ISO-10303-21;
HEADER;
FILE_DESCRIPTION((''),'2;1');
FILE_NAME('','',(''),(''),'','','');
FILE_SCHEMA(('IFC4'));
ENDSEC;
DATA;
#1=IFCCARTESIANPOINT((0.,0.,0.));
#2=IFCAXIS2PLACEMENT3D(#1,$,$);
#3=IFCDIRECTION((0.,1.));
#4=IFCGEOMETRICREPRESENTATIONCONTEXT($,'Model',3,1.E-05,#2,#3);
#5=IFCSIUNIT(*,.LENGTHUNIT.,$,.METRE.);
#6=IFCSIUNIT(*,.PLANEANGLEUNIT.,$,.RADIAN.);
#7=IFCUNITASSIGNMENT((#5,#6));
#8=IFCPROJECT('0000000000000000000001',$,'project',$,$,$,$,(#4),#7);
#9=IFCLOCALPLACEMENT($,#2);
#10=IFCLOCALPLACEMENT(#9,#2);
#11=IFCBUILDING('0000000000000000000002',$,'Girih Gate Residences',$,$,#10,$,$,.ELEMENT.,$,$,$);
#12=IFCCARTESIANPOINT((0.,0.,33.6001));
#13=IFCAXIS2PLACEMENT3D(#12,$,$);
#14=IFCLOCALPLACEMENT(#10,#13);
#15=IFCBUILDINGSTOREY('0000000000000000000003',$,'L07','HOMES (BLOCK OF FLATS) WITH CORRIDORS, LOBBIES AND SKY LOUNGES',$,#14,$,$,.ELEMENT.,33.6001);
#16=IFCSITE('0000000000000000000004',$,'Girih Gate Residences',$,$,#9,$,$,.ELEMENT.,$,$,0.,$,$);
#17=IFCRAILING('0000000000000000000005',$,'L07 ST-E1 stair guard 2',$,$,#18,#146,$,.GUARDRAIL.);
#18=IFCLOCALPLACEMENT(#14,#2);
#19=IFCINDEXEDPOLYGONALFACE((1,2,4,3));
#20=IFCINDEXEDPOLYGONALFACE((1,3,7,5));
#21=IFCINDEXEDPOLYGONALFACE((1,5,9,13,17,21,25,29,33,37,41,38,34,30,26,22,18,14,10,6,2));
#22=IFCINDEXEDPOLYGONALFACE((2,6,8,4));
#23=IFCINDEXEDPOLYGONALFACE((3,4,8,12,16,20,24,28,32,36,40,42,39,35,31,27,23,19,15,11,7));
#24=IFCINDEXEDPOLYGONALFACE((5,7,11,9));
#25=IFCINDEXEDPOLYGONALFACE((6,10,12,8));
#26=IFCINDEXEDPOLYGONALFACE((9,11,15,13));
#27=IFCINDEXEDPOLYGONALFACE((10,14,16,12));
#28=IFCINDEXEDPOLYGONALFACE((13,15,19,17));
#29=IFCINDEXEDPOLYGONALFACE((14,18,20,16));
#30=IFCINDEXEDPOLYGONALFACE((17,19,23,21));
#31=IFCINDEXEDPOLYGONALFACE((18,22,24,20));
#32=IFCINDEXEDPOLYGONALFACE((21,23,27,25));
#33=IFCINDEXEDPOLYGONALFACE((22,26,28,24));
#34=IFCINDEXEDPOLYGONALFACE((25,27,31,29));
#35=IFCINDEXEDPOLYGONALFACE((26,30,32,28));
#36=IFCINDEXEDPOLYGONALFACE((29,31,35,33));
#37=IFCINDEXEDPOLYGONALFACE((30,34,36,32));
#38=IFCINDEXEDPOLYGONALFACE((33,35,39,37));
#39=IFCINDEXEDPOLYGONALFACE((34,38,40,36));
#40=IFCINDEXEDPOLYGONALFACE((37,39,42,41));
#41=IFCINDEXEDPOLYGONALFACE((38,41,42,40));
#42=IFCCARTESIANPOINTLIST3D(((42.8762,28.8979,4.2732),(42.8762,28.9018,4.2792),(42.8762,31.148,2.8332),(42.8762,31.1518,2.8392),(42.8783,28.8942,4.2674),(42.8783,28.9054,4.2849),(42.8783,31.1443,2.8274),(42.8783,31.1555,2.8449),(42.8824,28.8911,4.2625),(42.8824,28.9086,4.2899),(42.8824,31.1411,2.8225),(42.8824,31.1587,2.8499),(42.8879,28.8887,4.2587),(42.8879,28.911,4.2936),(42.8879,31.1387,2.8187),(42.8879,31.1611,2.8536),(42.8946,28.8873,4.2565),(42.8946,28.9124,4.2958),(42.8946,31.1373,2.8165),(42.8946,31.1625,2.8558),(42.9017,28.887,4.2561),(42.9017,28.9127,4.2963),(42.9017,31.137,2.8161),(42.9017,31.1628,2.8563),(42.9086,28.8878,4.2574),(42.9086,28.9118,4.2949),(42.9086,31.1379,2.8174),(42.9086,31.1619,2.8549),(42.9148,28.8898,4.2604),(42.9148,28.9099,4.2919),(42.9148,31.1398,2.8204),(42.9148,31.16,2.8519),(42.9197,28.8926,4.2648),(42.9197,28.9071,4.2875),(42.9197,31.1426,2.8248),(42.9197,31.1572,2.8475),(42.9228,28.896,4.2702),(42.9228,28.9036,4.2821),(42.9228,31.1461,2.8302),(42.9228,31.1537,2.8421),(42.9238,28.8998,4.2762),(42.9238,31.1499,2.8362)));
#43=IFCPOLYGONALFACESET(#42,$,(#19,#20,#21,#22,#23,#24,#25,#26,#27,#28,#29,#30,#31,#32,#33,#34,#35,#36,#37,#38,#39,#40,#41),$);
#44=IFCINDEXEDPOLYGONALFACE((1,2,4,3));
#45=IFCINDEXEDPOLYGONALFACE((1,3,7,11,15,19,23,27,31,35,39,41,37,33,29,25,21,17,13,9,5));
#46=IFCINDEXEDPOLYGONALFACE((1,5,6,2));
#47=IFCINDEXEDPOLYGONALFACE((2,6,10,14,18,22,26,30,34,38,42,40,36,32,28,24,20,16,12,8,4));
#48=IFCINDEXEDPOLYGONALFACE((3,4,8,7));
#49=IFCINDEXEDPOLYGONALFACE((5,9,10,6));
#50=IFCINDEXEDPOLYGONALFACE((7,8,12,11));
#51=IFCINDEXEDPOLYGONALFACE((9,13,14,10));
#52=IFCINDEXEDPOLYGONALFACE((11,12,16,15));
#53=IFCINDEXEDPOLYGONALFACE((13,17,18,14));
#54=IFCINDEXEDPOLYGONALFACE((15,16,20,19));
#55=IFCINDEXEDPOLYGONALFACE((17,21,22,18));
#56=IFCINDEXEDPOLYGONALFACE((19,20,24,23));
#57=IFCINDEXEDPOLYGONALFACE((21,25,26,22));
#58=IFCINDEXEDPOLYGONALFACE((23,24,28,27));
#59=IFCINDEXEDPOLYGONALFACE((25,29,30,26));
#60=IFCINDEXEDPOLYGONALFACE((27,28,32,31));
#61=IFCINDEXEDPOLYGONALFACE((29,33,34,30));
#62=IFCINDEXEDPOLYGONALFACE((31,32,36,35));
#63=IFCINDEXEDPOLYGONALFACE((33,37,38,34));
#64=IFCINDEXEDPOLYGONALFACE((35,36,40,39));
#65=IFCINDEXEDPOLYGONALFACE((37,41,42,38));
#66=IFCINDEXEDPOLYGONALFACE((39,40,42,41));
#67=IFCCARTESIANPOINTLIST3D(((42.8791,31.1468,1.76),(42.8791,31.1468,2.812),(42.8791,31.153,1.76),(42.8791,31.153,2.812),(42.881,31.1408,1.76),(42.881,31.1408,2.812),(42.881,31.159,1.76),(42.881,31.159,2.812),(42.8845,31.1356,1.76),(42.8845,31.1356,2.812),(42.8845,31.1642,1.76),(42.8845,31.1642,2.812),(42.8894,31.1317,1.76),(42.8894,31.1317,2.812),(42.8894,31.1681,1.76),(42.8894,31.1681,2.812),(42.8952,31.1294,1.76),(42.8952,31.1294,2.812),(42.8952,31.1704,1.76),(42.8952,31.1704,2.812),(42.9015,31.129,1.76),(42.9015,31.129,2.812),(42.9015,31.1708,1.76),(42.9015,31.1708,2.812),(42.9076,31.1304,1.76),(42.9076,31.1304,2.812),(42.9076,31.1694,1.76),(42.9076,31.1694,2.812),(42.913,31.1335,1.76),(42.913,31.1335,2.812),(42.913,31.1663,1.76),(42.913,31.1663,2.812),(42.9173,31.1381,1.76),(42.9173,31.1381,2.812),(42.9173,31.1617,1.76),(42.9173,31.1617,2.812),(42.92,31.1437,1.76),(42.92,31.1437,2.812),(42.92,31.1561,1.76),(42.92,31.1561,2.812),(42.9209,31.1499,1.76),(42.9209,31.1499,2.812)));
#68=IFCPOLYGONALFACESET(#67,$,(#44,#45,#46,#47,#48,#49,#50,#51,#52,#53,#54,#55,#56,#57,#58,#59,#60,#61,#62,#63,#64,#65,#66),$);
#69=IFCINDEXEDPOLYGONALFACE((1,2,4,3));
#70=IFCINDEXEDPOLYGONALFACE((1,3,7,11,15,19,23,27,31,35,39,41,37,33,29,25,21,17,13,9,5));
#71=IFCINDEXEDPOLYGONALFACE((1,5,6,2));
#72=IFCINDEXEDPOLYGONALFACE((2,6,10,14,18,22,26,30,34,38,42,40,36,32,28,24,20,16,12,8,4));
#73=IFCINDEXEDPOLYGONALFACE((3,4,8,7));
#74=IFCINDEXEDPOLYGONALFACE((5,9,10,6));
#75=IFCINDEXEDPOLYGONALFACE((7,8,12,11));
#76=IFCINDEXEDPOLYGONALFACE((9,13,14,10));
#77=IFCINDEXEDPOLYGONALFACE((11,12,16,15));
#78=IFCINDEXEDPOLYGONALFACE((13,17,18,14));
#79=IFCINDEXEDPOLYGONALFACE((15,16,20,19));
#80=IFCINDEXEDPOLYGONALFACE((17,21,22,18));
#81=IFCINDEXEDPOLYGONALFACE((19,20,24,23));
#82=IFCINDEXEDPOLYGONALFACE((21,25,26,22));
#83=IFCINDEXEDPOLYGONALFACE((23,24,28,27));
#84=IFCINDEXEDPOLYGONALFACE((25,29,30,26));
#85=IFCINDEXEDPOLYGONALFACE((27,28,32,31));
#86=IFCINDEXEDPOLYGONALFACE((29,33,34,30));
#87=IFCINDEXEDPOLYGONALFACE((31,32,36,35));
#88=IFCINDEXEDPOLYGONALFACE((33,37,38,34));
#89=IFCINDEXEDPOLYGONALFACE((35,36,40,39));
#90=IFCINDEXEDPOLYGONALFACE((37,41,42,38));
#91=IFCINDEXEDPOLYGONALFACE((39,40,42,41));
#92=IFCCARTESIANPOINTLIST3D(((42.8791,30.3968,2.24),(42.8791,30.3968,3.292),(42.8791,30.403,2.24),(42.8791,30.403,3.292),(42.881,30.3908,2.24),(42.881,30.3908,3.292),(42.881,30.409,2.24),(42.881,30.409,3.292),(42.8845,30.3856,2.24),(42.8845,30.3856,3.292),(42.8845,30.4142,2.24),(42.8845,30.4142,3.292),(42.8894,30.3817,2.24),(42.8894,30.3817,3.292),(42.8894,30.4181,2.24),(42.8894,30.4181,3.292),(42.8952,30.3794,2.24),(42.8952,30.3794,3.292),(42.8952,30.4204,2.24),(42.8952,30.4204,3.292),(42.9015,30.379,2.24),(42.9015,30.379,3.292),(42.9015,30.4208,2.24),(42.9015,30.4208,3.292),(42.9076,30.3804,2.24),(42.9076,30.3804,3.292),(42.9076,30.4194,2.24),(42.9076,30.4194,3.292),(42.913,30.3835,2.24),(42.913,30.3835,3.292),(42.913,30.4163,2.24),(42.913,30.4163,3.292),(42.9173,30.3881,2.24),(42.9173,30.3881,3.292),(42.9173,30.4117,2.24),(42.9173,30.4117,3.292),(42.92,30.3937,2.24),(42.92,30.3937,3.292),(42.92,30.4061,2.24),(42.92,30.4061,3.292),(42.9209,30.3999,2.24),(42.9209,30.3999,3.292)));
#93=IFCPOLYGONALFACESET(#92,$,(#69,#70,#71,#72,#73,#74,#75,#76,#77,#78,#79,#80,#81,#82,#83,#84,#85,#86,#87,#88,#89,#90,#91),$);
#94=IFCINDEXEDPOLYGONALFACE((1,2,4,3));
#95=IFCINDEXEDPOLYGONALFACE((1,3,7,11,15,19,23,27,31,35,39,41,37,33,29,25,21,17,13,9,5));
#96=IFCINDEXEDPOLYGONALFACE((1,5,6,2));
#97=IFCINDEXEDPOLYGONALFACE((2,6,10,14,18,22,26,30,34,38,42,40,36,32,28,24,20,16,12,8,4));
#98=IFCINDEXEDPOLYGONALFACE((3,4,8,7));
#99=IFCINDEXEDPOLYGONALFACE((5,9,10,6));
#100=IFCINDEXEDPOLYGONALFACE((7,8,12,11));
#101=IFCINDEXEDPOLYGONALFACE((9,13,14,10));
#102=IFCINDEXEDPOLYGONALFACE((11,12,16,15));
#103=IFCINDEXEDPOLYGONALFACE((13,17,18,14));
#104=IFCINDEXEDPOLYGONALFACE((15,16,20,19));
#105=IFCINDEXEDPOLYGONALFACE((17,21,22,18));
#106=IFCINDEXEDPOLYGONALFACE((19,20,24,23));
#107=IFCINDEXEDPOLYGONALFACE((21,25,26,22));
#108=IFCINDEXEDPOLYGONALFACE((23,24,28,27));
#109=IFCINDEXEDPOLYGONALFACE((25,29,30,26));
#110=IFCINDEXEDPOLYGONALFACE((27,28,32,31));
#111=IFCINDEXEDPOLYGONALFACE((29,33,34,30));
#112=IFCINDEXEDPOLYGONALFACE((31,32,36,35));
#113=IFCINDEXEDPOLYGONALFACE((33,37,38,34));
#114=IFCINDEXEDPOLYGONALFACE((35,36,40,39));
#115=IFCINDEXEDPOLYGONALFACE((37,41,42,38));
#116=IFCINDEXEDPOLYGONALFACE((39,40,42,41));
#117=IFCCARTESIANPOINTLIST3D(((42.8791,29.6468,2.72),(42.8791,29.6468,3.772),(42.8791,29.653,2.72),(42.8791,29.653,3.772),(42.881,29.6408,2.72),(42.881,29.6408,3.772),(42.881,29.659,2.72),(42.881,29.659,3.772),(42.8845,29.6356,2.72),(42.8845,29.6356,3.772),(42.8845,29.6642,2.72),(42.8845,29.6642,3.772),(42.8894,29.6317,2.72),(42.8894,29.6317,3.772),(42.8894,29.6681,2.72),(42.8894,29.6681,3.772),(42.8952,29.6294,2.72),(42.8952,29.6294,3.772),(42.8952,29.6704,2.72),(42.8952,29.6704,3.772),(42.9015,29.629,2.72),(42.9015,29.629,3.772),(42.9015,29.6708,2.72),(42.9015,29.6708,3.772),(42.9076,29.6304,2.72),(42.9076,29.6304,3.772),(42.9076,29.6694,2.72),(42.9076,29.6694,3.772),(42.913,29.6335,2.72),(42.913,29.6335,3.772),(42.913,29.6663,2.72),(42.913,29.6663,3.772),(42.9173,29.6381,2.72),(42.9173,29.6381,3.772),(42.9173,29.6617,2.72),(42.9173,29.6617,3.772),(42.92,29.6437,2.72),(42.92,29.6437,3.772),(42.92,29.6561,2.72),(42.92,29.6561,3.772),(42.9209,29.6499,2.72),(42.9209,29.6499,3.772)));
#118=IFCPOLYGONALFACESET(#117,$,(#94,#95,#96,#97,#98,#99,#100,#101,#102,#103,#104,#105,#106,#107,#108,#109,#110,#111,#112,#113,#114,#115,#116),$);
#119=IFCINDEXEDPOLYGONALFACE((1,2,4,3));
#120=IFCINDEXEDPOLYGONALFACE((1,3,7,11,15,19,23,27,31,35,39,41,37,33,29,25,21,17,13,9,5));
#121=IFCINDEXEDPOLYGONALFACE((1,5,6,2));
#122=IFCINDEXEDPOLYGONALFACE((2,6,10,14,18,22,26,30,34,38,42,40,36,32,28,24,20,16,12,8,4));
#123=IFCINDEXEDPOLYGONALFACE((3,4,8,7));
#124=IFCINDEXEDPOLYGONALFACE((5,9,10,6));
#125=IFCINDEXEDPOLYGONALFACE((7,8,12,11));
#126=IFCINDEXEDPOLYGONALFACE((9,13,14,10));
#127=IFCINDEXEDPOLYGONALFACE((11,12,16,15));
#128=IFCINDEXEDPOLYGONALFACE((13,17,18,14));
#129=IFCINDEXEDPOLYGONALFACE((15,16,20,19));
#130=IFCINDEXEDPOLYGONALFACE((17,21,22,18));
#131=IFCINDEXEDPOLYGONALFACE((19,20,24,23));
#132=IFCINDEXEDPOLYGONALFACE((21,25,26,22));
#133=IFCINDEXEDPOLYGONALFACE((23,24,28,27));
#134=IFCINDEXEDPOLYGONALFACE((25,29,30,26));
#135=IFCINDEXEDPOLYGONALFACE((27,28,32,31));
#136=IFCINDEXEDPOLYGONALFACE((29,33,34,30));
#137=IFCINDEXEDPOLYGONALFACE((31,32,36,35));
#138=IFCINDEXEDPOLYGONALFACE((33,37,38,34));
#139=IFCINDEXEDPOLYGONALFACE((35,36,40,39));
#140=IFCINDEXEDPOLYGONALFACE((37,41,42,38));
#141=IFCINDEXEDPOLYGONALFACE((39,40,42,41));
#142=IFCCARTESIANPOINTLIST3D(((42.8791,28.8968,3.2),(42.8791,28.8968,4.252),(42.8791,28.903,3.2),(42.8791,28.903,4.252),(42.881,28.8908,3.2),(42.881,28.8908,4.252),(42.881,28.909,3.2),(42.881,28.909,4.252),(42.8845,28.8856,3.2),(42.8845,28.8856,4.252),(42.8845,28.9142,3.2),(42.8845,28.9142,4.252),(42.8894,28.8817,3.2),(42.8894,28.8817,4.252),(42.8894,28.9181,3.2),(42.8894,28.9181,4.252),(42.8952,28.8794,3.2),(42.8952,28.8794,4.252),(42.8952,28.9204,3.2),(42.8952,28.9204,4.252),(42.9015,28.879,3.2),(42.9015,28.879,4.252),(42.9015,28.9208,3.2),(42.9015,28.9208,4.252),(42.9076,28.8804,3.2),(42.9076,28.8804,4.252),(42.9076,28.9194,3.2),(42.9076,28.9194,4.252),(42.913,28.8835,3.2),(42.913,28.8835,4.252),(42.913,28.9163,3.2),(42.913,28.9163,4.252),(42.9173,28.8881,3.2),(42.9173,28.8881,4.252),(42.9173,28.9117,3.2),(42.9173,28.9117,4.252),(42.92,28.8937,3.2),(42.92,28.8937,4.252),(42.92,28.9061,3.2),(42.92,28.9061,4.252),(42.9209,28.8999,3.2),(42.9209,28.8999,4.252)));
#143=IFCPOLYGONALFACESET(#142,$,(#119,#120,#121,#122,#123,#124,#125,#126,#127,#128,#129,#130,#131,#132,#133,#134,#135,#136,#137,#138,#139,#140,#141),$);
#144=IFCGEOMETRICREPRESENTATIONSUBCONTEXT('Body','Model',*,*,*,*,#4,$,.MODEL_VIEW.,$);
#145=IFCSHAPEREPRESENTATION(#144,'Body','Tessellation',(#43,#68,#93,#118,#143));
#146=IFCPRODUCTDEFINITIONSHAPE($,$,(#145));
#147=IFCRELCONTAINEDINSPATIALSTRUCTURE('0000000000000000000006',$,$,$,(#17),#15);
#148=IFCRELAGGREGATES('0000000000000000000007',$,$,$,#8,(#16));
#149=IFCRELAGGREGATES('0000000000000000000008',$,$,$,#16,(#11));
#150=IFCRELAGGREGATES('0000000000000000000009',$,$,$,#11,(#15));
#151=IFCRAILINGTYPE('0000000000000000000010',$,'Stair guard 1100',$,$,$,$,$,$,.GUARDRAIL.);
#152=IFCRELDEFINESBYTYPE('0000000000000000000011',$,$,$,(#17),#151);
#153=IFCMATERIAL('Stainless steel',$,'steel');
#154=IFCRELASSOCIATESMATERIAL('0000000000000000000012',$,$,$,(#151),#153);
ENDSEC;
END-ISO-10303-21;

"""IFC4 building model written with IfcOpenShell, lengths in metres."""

from ifc_helpers import new_model, si_unit, direction, frame, origin, origin_2d, place, context, subcontext, project, spatial, circle, extrude, material, type_object, element, save


model = new_model("IFC4")

# Units and contexts
model_context = context("Model", 3, precision=1e-05, world=origin(), true_north=direction((0.0, 1.0)))
body_context = subcontext(model_context, "Body", "Model", "MODEL_VIEW")
ifc_project = project(units=[si_unit("LENGTHUNIT", "METRE"), si_unit("PLANEANGLEUNIT", "RADIAN")], contexts=[model_context])

# Site, building, storey
site_placement = place(None, origin())
site = spatial("IfcSite", under=ifc_project, at=site_placement, Name="Girih Gate Residences", CompositionType="ELEMENT", RefElevation=0.0)
building_placement = place(site_placement, origin())
building = spatial("IfcBuilding", under=site, at=building_placement, Name="Girih Gate Residences", CompositionType="ELEMENT")
storey_placement = place(building_placement, frame((0.0, 0.0, 33.6001)))
storey = spatial("IfcBuildingStorey", under=building, at=storey_placement, Name="L07", Description="HOMES (BLOCK OF FLATS) WITH CORRIDORS, LOBBIES AND SKY LOUNGES", CompositionType="ELEMENT", Elevation=33.6001)

# Railing
ifc_material_1 = material(Name="Stainless steel", Category="steel")
railing_type_1 = type_object("IfcRailingType", Name="Stair guard 1100", PredefinedType="GUARDRAIL", material=ifc_material_1)
railing_1_placement = place(storey_placement, frame((42.8999, 31.1499, 1.76)))
element("IfcRailing", 1, at=railing_1_placement, inside=storey, type_object=railing_type_1, Name="L07 ST-E1 stair guard 2", PredefinedType="GUARDRAIL", context=body_context, shape_type="SweptSolid", body=[
    extrude(circle(Radius=0.0239, at=origin_2d()), frame((0.0, 0.0, 1.0762), z_axis=(0.0, -0.842281, 0.539038), x_axis=(1.0, 0.0, 0.0)), (0.0, 0.0, 1.0), 2.6714),
    extrude(circle(Radius=0.021, at=origin_2d()), origin(), (0.0, 0.0, 1.0), 1.052),
    extrude(circle(Radius=0.021, at=origin_2d()), frame((0.0, -0.75, 0.48)), (0.0, 0.0, 1.0), 1.052),
    extrude(circle(Radius=0.021, at=origin_2d()), frame((0.0, -1.5, 0.96)), (0.0, 0.0, 1.0), 1.052),
    extrude(circle(Radius=0.021, at=origin_2d()), frame((0.0, -2.25, 1.4399)), (0.0, 0.0, 1.0), 1.052),
])

save(model, "model.ifc")
